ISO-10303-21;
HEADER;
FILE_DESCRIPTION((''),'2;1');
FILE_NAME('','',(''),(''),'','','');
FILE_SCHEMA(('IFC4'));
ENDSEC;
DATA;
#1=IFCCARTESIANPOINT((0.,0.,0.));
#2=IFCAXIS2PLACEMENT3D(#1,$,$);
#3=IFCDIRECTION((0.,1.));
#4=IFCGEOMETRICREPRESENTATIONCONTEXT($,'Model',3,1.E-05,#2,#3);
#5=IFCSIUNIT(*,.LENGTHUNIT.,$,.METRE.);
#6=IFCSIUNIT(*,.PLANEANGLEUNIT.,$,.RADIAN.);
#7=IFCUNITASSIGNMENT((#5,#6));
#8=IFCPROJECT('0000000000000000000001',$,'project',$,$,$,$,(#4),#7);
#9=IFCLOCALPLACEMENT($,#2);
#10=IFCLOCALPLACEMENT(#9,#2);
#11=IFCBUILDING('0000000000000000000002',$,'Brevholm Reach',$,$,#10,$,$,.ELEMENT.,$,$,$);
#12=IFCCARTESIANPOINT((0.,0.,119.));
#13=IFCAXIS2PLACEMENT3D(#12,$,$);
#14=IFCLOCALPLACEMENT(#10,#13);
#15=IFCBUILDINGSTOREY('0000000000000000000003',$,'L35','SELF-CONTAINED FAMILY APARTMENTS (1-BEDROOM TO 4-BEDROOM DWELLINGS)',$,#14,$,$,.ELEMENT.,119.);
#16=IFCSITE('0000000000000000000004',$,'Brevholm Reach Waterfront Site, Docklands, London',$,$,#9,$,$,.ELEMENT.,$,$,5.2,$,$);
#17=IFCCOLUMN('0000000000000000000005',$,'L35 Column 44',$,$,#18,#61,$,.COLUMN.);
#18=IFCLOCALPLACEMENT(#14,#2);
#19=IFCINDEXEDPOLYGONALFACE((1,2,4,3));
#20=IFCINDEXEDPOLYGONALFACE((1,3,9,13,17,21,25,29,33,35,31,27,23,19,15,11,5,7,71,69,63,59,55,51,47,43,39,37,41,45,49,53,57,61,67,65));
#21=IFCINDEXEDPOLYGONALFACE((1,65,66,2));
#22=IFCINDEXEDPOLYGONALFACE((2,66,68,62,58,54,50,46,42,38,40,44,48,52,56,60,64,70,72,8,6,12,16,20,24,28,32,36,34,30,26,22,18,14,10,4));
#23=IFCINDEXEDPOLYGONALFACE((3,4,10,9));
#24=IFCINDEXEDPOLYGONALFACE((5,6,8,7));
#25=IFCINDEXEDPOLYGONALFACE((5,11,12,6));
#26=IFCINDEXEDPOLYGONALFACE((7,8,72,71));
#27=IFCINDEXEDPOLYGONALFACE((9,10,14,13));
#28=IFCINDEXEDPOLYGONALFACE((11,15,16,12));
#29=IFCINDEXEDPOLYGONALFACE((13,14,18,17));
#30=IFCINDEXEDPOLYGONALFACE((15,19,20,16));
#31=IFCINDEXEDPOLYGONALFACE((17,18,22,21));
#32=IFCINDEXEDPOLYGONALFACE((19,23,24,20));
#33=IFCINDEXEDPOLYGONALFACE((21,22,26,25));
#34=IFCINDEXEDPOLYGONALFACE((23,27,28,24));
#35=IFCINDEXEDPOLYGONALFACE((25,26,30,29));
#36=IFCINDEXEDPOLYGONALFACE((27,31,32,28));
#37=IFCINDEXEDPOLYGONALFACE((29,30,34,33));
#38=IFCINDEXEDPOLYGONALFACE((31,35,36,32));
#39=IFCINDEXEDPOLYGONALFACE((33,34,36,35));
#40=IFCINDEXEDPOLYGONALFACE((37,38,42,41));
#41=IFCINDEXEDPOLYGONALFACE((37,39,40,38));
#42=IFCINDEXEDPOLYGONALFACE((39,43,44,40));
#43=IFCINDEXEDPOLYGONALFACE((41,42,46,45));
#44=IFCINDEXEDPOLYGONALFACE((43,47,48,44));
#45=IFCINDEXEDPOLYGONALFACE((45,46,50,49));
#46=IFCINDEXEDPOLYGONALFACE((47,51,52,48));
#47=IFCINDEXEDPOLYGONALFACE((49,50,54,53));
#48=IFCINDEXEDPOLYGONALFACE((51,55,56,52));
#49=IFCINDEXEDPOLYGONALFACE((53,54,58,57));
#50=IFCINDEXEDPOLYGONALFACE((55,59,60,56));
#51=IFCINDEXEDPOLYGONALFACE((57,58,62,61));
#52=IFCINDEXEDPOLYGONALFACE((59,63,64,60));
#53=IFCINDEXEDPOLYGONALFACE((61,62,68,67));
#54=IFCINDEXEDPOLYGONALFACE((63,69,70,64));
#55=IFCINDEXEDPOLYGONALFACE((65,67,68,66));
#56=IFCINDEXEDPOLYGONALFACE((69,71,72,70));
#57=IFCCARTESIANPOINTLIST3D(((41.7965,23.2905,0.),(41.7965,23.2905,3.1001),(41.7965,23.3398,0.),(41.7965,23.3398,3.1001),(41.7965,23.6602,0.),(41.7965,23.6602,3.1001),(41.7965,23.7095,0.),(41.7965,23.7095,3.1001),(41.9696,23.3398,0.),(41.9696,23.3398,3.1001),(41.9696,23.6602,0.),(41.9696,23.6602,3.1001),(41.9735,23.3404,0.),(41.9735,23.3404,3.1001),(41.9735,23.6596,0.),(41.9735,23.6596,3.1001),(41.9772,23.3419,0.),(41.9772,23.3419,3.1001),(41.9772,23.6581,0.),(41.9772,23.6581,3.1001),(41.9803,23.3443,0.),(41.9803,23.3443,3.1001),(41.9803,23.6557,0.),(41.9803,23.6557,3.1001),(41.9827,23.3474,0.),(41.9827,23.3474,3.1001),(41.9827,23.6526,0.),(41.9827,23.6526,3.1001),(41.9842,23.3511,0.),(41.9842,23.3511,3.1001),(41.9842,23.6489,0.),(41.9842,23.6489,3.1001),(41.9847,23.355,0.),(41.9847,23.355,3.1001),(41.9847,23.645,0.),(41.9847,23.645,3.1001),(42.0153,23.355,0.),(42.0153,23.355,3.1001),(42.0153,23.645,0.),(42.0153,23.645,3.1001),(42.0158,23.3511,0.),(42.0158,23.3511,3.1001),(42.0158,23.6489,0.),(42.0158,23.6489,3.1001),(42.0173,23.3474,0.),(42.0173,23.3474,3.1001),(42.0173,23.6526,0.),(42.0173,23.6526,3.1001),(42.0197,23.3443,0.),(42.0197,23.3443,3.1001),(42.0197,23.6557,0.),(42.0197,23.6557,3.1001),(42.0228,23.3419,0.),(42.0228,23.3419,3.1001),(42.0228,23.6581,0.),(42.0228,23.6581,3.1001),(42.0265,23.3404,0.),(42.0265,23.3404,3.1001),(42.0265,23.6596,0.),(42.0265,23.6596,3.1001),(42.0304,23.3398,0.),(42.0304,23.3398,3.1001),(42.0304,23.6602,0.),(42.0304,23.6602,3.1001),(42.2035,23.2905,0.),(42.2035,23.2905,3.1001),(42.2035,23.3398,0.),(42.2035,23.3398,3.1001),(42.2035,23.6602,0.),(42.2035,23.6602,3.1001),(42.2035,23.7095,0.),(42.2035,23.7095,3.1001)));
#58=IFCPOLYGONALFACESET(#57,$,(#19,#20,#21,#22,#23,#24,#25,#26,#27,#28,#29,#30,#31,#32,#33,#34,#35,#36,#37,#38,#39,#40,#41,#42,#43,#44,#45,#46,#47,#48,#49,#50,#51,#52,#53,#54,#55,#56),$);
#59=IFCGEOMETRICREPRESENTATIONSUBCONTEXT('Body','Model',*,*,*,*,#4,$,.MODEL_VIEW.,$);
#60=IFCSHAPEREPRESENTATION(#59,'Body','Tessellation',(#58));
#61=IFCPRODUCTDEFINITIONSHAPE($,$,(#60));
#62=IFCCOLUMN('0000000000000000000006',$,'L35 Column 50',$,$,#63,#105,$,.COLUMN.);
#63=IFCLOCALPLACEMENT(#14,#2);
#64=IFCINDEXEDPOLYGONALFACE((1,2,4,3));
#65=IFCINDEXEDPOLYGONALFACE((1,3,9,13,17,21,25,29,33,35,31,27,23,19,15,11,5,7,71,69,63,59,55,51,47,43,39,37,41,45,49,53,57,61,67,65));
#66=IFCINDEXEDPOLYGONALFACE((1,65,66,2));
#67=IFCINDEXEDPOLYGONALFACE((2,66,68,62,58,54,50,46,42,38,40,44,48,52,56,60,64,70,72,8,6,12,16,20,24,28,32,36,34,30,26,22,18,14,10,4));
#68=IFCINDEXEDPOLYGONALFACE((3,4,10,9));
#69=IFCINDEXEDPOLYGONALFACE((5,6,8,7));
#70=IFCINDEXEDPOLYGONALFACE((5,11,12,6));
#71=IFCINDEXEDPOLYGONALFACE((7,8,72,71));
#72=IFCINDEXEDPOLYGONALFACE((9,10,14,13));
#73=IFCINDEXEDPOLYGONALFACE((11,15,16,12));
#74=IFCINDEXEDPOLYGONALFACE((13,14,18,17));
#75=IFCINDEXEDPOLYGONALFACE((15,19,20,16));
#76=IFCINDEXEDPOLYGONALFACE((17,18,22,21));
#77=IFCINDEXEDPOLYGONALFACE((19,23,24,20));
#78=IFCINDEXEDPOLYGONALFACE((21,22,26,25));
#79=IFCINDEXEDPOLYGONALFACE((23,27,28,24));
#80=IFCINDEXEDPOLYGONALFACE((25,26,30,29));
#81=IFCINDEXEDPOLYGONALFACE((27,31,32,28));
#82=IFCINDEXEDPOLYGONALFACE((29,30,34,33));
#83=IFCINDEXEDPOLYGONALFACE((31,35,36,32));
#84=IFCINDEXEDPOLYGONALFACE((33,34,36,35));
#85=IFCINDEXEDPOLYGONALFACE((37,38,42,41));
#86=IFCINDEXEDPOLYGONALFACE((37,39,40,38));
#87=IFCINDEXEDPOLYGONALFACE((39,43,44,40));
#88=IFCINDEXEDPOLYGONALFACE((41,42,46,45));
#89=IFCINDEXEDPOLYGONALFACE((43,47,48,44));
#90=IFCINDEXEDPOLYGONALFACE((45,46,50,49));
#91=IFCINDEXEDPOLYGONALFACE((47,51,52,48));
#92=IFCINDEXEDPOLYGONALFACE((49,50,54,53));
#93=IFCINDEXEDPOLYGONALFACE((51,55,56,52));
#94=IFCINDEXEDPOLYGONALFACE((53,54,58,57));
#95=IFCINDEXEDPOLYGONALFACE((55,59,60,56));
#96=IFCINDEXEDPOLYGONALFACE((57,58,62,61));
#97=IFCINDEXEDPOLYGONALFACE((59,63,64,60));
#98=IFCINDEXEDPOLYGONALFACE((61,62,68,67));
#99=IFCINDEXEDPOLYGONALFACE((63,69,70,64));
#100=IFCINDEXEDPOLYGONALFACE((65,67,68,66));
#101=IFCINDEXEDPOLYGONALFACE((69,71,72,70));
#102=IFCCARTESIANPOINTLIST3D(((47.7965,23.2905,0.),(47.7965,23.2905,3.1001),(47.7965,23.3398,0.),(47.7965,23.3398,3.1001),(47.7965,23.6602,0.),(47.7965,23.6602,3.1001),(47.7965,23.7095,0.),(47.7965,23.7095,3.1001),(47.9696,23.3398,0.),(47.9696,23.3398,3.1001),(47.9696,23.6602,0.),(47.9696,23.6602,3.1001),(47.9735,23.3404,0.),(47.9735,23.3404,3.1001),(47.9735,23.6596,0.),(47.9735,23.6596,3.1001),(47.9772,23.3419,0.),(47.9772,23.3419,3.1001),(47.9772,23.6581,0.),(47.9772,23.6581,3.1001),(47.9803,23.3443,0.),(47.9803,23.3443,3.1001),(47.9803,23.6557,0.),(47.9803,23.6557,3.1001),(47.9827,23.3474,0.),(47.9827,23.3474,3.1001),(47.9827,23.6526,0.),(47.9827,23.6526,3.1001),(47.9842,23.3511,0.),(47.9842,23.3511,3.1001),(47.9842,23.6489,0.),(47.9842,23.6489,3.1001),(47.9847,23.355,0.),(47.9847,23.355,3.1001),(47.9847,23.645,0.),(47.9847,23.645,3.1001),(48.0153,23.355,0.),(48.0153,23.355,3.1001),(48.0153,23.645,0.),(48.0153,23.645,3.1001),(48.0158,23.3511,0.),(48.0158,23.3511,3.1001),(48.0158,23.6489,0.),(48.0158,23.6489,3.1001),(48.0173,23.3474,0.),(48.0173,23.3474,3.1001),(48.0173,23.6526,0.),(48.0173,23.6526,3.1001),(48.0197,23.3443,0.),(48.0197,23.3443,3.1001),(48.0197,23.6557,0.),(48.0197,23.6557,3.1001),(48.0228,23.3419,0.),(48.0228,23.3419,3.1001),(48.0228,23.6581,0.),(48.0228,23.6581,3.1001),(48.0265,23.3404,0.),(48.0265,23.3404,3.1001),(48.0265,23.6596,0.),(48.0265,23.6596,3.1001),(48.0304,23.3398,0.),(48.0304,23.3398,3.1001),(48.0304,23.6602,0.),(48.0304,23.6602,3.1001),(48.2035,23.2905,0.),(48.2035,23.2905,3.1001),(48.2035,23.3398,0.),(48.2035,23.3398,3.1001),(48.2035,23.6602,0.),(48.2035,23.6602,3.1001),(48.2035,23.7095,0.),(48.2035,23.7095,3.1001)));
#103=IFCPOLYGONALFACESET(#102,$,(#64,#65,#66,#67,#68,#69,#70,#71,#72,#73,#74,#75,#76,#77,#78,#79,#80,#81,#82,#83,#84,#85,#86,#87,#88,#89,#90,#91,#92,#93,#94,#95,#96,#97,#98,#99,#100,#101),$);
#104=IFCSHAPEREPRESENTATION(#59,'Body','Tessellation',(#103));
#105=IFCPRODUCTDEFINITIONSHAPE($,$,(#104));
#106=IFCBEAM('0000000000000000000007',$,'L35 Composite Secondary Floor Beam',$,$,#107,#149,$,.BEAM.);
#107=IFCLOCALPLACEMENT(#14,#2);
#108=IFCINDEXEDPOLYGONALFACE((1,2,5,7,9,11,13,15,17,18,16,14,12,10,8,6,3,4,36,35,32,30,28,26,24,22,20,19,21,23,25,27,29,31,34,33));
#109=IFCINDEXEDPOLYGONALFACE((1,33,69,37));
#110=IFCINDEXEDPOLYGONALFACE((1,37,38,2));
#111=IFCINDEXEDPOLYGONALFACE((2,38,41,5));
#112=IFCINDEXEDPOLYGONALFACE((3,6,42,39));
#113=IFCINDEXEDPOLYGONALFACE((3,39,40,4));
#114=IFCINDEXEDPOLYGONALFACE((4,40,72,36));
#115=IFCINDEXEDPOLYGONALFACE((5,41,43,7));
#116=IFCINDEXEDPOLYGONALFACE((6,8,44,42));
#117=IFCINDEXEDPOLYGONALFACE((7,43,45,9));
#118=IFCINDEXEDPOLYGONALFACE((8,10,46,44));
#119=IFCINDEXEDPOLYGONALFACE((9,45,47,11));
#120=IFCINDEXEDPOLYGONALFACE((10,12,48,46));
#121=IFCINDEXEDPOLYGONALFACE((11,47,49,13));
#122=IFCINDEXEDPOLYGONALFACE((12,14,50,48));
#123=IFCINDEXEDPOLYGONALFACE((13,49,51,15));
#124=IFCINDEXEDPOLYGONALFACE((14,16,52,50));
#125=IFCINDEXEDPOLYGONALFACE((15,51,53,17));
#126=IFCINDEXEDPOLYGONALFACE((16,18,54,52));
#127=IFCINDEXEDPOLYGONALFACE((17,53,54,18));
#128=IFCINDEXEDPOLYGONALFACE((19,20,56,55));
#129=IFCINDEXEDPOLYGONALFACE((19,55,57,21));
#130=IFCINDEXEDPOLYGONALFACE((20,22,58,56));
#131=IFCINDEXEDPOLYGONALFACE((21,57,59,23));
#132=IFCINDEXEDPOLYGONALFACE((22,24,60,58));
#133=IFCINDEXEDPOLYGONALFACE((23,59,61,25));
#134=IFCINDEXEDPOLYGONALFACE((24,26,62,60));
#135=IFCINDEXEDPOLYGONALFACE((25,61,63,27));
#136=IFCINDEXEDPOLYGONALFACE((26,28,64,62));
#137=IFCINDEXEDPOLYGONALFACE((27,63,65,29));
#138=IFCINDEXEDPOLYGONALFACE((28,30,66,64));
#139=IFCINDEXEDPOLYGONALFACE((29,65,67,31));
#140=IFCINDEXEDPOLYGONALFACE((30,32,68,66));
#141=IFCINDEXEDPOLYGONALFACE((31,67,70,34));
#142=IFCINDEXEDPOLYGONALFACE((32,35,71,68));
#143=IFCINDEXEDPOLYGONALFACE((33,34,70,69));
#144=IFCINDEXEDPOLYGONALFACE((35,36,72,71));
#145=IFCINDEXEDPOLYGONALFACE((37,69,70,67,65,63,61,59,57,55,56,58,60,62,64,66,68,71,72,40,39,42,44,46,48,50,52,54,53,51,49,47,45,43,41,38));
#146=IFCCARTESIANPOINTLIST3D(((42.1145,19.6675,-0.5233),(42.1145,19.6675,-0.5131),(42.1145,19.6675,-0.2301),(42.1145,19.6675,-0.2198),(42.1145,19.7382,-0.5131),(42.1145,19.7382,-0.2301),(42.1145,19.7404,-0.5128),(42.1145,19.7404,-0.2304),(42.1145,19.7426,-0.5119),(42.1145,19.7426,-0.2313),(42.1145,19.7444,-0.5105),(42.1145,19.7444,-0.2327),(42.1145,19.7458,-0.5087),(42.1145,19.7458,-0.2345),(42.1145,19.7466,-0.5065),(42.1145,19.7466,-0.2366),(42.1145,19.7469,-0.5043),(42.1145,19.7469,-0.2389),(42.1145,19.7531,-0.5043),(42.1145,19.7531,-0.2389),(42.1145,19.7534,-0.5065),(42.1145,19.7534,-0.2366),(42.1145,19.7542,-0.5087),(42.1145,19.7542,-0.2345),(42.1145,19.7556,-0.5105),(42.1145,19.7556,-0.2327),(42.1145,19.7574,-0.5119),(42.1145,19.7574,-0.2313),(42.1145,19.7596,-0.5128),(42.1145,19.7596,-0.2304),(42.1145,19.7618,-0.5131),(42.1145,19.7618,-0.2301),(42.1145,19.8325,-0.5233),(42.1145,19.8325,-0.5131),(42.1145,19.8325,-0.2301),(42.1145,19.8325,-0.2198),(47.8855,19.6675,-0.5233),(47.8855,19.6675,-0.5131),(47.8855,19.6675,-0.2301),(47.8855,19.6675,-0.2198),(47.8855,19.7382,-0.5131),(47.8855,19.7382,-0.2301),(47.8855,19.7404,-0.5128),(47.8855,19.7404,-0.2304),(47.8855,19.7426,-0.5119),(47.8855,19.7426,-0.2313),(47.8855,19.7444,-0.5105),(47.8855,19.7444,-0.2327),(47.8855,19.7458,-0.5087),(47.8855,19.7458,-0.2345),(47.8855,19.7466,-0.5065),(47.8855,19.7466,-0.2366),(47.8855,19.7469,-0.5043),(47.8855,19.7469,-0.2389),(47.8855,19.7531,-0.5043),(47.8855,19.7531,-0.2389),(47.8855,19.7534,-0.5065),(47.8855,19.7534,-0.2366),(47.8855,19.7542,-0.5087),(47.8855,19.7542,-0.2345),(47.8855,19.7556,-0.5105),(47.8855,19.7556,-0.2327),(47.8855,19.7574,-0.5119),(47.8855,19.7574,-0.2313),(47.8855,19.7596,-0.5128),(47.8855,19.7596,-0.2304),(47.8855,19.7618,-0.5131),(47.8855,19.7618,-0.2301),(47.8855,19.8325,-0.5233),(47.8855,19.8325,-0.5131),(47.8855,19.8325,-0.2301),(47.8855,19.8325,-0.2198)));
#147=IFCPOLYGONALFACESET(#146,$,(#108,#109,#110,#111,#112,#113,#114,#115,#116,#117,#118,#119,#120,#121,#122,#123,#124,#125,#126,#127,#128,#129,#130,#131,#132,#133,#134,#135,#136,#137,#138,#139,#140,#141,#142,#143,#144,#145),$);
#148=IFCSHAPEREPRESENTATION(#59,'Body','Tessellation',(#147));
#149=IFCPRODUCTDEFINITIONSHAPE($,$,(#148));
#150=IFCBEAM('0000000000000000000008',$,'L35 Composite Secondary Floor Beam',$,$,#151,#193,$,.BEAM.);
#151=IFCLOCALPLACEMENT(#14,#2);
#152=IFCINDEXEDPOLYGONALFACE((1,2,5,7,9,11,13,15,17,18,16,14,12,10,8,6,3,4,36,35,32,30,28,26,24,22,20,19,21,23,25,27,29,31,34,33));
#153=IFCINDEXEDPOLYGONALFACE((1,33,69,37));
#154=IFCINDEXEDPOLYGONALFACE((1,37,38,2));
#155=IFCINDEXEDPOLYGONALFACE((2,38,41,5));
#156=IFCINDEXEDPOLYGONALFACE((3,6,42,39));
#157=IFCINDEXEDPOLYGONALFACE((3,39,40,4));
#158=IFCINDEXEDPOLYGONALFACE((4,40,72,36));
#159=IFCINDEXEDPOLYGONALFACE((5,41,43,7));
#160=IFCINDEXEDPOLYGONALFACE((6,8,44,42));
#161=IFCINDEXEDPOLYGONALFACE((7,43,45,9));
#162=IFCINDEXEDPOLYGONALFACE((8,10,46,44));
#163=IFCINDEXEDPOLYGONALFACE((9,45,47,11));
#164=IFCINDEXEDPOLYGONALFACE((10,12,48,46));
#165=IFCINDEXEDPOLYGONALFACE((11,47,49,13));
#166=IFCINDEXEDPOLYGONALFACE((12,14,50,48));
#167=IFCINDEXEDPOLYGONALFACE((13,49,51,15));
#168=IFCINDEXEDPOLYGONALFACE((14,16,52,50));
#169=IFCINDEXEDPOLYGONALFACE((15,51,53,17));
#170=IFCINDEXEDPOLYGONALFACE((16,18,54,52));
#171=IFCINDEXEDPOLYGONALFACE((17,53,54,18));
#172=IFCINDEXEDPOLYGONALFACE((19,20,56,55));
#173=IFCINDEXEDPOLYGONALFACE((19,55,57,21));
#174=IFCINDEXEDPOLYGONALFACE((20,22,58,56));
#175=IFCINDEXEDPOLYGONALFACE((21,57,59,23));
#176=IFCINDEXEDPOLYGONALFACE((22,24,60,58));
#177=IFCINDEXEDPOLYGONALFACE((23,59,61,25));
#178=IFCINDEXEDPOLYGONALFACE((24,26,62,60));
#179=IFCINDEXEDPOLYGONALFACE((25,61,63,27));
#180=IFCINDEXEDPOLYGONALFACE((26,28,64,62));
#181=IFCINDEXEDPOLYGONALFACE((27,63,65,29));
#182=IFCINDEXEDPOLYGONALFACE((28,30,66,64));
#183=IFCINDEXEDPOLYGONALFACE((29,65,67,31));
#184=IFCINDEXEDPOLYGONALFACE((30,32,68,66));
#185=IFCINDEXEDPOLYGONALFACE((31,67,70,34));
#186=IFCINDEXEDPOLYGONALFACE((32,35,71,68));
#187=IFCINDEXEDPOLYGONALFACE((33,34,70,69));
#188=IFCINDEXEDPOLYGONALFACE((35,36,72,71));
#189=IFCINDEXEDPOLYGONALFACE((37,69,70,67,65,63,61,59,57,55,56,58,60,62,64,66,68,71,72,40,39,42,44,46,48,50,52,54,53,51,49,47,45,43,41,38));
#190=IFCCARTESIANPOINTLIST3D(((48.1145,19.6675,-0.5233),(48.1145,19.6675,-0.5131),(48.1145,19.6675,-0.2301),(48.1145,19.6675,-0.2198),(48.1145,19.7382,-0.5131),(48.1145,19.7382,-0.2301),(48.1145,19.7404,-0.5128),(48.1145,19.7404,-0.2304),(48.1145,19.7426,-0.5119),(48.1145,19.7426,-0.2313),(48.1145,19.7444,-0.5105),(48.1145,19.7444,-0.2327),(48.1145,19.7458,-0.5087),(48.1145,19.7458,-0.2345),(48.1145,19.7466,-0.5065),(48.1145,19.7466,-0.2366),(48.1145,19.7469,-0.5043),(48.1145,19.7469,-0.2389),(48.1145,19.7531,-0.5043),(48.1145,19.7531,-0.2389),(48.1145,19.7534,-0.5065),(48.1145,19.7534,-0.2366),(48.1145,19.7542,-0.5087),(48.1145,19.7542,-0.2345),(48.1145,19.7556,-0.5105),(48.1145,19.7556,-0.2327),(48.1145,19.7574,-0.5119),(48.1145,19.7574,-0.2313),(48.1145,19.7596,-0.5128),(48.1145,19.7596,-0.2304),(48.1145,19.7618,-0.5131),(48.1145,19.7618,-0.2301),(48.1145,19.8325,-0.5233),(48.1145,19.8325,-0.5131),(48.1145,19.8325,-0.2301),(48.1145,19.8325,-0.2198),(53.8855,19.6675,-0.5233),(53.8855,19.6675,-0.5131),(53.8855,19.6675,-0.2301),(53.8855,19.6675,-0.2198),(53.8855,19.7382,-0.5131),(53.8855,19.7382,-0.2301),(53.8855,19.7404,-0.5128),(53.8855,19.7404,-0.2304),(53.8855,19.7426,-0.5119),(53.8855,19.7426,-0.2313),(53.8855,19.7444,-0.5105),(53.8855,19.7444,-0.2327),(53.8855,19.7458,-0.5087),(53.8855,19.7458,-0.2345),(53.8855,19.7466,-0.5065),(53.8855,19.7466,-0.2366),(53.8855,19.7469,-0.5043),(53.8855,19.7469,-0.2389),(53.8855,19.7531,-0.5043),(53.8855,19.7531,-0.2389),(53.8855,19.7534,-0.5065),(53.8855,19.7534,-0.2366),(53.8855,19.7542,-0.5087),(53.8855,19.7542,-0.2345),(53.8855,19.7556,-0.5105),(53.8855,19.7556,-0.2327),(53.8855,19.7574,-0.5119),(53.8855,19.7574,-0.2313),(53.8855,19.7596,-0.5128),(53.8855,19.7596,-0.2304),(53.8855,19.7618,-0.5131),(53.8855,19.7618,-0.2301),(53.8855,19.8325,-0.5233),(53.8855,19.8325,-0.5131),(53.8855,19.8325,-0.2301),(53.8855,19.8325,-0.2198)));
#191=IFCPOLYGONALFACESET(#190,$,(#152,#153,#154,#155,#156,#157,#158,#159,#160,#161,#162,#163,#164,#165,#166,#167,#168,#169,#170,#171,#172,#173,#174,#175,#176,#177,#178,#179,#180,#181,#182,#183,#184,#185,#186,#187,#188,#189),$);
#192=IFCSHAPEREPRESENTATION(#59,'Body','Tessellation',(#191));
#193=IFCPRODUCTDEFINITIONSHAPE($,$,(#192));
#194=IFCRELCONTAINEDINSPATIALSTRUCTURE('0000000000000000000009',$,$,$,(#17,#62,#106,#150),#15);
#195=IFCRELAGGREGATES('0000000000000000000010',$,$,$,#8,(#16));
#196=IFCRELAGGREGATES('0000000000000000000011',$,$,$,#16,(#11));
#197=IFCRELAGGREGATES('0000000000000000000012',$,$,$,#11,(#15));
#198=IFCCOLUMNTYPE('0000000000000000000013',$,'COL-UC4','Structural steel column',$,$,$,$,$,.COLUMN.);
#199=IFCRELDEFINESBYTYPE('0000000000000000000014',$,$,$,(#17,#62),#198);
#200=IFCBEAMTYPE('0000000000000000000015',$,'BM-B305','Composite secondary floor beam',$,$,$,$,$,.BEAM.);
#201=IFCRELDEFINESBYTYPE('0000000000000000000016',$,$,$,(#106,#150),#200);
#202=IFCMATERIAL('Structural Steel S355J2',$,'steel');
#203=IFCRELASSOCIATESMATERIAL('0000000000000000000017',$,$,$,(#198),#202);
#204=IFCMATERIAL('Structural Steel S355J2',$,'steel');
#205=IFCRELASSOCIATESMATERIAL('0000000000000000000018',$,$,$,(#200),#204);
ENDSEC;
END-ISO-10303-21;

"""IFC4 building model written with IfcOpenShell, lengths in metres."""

from ifc_helpers import new_model, si_unit, direction, frame, origin, origin_2d, place, context, subcontext, project, spatial, i_section, extrude, material, material_profile, profile_set, type_object, element, save


model = new_model("IFC4")

# Units and contexts
model_context = context("Model", 3, precision=1e-05, world=origin(), true_north=direction((0.0, 1.0)))
body_context = subcontext(model_context, "Body", "Model", "MODEL_VIEW")
ifc_project = project(units=[si_unit("LENGTHUNIT", "METRE"), si_unit("PLANEANGLEUNIT", "RADIAN")], contexts=[model_context])

# Site, building, storey
site_placement = place(None, origin())
site = spatial("IfcSite", under=ifc_project, at=site_placement, Name="Brevholm Reach Waterfront Site, Docklands, London", CompositionType="ELEMENT", RefElevation=5.2)
building_placement = place(site_placement, origin())
building = spatial("IfcBuilding", under=site, at=building_placement, Name="Brevholm Reach", CompositionType="ELEMENT")
storey_placement = place(building_placement, frame((0.0, 0.0, 119.0)))
storey = spatial("IfcBuildingStorey", under=building, at=storey_placement, Name="L35", Description="SELF-CONTAINED FAMILY APARTMENTS (1-BEDROOM TO 4-BEDROOM DWELLINGS)", CompositionType="ELEMENT", Elevation=119.0)

# Columns
ifc_material_1 = material(Name="Structural Steel S355J2", Category="steel")
ifc_material_profile_1 = material_profile(ifc_material_1, i_section(OverallWidth=0.407, OverallDepth=0.4189, WebThickness=0.0305, FlangeThickness=0.0493, FilletRadius=0.0151, at=origin_2d()), Name="UKC 356x406x393")
ifc_profile_set_1 = profile_set([ifc_material_profile_1], Name="Structural Steel S355J2")
column_type = type_object("IfcColumnType", Name="COL-UC4", Description="Structural steel column", PredefinedType="COLUMN", material=ifc_profile_set_1)
for number, where, z_axis, x_axis, name in (
    (1, (42.0, 23.5, 0.0), (0.0, 0.0, 1.0), (1.0, 0.0, 0.0), "L35 Column 44"),
    (2, (48.0, 23.5, 0.0), (0.0, 0.0, 1.0), (1.0, 0.0, 0.0), "L35 Column 50"),
):
    element("IfcColumn", number, at=place(storey_placement, frame(where, z_axis=z_axis, x_axis=x_axis)), inside=storey, type_object=column_type, Name=name, PredefinedType="COLUMN", context=body_context, shape_type="SweptSolid", body=[
        extrude(i_section(OverallWidth=0.407, OverallDepth=0.4189, WebThickness=0.0305, FlangeThickness=0.0493, FilletRadius=0.0151, at=origin_2d()), origin(), (0.0, 0.0, 1.0), 3.1001),
    ])

# Beams
ifc_material_2 = material(Name="Structural Steel S355J2", Category="steel")
ifc_material_profile_2 = material_profile(ifc_material_2, i_section(OverallWidth=0.165, OverallDepth=0.3035, WebThickness=0.0061, FlangeThickness=0.0103, FilletRadius=0.0088, at=origin_2d()), Name="UKB 305x165x40")
ifc_profile_set_2 = profile_set([ifc_material_profile_2], Name="Structural Steel S355J2")
beam_type_1 = type_object("IfcBeamType", Name="BM-B305", Description="Composite secondary floor beam", PredefinedType="BEAM", material=ifc_profile_set_2)
for number, where, z_axis, x_axis, name in (
    (3, (42.1145, 19.75, -0.3716), (1.0, 0.0, 0.0), (0.0, 1.0, 0.0), "L35 Composite Secondary Floor Beam"),
    (4, (48.1145, 19.75, -0.3716), (1.0, 0.0, 0.0), (0.0, 1.0, 0.0), "L35 Composite Secondary Floor Beam"),
):
    element("IfcBeam", number, at=place(storey_placement, frame(where, z_axis=z_axis, x_axis=x_axis)), inside=storey, type_object=beam_type_1, Name=name, PredefinedType="BEAM", context=body_context, shape_type="SweptSolid", body=[
        extrude(i_section(OverallWidth=0.165, OverallDepth=0.3035, WebThickness=0.0061, FlangeThickness=0.0103, FilletRadius=0.0088, at=origin_2d()), origin(), (0.0, 0.0, 1.0), 5.771),
    ])

save(model, "model.ifc")
